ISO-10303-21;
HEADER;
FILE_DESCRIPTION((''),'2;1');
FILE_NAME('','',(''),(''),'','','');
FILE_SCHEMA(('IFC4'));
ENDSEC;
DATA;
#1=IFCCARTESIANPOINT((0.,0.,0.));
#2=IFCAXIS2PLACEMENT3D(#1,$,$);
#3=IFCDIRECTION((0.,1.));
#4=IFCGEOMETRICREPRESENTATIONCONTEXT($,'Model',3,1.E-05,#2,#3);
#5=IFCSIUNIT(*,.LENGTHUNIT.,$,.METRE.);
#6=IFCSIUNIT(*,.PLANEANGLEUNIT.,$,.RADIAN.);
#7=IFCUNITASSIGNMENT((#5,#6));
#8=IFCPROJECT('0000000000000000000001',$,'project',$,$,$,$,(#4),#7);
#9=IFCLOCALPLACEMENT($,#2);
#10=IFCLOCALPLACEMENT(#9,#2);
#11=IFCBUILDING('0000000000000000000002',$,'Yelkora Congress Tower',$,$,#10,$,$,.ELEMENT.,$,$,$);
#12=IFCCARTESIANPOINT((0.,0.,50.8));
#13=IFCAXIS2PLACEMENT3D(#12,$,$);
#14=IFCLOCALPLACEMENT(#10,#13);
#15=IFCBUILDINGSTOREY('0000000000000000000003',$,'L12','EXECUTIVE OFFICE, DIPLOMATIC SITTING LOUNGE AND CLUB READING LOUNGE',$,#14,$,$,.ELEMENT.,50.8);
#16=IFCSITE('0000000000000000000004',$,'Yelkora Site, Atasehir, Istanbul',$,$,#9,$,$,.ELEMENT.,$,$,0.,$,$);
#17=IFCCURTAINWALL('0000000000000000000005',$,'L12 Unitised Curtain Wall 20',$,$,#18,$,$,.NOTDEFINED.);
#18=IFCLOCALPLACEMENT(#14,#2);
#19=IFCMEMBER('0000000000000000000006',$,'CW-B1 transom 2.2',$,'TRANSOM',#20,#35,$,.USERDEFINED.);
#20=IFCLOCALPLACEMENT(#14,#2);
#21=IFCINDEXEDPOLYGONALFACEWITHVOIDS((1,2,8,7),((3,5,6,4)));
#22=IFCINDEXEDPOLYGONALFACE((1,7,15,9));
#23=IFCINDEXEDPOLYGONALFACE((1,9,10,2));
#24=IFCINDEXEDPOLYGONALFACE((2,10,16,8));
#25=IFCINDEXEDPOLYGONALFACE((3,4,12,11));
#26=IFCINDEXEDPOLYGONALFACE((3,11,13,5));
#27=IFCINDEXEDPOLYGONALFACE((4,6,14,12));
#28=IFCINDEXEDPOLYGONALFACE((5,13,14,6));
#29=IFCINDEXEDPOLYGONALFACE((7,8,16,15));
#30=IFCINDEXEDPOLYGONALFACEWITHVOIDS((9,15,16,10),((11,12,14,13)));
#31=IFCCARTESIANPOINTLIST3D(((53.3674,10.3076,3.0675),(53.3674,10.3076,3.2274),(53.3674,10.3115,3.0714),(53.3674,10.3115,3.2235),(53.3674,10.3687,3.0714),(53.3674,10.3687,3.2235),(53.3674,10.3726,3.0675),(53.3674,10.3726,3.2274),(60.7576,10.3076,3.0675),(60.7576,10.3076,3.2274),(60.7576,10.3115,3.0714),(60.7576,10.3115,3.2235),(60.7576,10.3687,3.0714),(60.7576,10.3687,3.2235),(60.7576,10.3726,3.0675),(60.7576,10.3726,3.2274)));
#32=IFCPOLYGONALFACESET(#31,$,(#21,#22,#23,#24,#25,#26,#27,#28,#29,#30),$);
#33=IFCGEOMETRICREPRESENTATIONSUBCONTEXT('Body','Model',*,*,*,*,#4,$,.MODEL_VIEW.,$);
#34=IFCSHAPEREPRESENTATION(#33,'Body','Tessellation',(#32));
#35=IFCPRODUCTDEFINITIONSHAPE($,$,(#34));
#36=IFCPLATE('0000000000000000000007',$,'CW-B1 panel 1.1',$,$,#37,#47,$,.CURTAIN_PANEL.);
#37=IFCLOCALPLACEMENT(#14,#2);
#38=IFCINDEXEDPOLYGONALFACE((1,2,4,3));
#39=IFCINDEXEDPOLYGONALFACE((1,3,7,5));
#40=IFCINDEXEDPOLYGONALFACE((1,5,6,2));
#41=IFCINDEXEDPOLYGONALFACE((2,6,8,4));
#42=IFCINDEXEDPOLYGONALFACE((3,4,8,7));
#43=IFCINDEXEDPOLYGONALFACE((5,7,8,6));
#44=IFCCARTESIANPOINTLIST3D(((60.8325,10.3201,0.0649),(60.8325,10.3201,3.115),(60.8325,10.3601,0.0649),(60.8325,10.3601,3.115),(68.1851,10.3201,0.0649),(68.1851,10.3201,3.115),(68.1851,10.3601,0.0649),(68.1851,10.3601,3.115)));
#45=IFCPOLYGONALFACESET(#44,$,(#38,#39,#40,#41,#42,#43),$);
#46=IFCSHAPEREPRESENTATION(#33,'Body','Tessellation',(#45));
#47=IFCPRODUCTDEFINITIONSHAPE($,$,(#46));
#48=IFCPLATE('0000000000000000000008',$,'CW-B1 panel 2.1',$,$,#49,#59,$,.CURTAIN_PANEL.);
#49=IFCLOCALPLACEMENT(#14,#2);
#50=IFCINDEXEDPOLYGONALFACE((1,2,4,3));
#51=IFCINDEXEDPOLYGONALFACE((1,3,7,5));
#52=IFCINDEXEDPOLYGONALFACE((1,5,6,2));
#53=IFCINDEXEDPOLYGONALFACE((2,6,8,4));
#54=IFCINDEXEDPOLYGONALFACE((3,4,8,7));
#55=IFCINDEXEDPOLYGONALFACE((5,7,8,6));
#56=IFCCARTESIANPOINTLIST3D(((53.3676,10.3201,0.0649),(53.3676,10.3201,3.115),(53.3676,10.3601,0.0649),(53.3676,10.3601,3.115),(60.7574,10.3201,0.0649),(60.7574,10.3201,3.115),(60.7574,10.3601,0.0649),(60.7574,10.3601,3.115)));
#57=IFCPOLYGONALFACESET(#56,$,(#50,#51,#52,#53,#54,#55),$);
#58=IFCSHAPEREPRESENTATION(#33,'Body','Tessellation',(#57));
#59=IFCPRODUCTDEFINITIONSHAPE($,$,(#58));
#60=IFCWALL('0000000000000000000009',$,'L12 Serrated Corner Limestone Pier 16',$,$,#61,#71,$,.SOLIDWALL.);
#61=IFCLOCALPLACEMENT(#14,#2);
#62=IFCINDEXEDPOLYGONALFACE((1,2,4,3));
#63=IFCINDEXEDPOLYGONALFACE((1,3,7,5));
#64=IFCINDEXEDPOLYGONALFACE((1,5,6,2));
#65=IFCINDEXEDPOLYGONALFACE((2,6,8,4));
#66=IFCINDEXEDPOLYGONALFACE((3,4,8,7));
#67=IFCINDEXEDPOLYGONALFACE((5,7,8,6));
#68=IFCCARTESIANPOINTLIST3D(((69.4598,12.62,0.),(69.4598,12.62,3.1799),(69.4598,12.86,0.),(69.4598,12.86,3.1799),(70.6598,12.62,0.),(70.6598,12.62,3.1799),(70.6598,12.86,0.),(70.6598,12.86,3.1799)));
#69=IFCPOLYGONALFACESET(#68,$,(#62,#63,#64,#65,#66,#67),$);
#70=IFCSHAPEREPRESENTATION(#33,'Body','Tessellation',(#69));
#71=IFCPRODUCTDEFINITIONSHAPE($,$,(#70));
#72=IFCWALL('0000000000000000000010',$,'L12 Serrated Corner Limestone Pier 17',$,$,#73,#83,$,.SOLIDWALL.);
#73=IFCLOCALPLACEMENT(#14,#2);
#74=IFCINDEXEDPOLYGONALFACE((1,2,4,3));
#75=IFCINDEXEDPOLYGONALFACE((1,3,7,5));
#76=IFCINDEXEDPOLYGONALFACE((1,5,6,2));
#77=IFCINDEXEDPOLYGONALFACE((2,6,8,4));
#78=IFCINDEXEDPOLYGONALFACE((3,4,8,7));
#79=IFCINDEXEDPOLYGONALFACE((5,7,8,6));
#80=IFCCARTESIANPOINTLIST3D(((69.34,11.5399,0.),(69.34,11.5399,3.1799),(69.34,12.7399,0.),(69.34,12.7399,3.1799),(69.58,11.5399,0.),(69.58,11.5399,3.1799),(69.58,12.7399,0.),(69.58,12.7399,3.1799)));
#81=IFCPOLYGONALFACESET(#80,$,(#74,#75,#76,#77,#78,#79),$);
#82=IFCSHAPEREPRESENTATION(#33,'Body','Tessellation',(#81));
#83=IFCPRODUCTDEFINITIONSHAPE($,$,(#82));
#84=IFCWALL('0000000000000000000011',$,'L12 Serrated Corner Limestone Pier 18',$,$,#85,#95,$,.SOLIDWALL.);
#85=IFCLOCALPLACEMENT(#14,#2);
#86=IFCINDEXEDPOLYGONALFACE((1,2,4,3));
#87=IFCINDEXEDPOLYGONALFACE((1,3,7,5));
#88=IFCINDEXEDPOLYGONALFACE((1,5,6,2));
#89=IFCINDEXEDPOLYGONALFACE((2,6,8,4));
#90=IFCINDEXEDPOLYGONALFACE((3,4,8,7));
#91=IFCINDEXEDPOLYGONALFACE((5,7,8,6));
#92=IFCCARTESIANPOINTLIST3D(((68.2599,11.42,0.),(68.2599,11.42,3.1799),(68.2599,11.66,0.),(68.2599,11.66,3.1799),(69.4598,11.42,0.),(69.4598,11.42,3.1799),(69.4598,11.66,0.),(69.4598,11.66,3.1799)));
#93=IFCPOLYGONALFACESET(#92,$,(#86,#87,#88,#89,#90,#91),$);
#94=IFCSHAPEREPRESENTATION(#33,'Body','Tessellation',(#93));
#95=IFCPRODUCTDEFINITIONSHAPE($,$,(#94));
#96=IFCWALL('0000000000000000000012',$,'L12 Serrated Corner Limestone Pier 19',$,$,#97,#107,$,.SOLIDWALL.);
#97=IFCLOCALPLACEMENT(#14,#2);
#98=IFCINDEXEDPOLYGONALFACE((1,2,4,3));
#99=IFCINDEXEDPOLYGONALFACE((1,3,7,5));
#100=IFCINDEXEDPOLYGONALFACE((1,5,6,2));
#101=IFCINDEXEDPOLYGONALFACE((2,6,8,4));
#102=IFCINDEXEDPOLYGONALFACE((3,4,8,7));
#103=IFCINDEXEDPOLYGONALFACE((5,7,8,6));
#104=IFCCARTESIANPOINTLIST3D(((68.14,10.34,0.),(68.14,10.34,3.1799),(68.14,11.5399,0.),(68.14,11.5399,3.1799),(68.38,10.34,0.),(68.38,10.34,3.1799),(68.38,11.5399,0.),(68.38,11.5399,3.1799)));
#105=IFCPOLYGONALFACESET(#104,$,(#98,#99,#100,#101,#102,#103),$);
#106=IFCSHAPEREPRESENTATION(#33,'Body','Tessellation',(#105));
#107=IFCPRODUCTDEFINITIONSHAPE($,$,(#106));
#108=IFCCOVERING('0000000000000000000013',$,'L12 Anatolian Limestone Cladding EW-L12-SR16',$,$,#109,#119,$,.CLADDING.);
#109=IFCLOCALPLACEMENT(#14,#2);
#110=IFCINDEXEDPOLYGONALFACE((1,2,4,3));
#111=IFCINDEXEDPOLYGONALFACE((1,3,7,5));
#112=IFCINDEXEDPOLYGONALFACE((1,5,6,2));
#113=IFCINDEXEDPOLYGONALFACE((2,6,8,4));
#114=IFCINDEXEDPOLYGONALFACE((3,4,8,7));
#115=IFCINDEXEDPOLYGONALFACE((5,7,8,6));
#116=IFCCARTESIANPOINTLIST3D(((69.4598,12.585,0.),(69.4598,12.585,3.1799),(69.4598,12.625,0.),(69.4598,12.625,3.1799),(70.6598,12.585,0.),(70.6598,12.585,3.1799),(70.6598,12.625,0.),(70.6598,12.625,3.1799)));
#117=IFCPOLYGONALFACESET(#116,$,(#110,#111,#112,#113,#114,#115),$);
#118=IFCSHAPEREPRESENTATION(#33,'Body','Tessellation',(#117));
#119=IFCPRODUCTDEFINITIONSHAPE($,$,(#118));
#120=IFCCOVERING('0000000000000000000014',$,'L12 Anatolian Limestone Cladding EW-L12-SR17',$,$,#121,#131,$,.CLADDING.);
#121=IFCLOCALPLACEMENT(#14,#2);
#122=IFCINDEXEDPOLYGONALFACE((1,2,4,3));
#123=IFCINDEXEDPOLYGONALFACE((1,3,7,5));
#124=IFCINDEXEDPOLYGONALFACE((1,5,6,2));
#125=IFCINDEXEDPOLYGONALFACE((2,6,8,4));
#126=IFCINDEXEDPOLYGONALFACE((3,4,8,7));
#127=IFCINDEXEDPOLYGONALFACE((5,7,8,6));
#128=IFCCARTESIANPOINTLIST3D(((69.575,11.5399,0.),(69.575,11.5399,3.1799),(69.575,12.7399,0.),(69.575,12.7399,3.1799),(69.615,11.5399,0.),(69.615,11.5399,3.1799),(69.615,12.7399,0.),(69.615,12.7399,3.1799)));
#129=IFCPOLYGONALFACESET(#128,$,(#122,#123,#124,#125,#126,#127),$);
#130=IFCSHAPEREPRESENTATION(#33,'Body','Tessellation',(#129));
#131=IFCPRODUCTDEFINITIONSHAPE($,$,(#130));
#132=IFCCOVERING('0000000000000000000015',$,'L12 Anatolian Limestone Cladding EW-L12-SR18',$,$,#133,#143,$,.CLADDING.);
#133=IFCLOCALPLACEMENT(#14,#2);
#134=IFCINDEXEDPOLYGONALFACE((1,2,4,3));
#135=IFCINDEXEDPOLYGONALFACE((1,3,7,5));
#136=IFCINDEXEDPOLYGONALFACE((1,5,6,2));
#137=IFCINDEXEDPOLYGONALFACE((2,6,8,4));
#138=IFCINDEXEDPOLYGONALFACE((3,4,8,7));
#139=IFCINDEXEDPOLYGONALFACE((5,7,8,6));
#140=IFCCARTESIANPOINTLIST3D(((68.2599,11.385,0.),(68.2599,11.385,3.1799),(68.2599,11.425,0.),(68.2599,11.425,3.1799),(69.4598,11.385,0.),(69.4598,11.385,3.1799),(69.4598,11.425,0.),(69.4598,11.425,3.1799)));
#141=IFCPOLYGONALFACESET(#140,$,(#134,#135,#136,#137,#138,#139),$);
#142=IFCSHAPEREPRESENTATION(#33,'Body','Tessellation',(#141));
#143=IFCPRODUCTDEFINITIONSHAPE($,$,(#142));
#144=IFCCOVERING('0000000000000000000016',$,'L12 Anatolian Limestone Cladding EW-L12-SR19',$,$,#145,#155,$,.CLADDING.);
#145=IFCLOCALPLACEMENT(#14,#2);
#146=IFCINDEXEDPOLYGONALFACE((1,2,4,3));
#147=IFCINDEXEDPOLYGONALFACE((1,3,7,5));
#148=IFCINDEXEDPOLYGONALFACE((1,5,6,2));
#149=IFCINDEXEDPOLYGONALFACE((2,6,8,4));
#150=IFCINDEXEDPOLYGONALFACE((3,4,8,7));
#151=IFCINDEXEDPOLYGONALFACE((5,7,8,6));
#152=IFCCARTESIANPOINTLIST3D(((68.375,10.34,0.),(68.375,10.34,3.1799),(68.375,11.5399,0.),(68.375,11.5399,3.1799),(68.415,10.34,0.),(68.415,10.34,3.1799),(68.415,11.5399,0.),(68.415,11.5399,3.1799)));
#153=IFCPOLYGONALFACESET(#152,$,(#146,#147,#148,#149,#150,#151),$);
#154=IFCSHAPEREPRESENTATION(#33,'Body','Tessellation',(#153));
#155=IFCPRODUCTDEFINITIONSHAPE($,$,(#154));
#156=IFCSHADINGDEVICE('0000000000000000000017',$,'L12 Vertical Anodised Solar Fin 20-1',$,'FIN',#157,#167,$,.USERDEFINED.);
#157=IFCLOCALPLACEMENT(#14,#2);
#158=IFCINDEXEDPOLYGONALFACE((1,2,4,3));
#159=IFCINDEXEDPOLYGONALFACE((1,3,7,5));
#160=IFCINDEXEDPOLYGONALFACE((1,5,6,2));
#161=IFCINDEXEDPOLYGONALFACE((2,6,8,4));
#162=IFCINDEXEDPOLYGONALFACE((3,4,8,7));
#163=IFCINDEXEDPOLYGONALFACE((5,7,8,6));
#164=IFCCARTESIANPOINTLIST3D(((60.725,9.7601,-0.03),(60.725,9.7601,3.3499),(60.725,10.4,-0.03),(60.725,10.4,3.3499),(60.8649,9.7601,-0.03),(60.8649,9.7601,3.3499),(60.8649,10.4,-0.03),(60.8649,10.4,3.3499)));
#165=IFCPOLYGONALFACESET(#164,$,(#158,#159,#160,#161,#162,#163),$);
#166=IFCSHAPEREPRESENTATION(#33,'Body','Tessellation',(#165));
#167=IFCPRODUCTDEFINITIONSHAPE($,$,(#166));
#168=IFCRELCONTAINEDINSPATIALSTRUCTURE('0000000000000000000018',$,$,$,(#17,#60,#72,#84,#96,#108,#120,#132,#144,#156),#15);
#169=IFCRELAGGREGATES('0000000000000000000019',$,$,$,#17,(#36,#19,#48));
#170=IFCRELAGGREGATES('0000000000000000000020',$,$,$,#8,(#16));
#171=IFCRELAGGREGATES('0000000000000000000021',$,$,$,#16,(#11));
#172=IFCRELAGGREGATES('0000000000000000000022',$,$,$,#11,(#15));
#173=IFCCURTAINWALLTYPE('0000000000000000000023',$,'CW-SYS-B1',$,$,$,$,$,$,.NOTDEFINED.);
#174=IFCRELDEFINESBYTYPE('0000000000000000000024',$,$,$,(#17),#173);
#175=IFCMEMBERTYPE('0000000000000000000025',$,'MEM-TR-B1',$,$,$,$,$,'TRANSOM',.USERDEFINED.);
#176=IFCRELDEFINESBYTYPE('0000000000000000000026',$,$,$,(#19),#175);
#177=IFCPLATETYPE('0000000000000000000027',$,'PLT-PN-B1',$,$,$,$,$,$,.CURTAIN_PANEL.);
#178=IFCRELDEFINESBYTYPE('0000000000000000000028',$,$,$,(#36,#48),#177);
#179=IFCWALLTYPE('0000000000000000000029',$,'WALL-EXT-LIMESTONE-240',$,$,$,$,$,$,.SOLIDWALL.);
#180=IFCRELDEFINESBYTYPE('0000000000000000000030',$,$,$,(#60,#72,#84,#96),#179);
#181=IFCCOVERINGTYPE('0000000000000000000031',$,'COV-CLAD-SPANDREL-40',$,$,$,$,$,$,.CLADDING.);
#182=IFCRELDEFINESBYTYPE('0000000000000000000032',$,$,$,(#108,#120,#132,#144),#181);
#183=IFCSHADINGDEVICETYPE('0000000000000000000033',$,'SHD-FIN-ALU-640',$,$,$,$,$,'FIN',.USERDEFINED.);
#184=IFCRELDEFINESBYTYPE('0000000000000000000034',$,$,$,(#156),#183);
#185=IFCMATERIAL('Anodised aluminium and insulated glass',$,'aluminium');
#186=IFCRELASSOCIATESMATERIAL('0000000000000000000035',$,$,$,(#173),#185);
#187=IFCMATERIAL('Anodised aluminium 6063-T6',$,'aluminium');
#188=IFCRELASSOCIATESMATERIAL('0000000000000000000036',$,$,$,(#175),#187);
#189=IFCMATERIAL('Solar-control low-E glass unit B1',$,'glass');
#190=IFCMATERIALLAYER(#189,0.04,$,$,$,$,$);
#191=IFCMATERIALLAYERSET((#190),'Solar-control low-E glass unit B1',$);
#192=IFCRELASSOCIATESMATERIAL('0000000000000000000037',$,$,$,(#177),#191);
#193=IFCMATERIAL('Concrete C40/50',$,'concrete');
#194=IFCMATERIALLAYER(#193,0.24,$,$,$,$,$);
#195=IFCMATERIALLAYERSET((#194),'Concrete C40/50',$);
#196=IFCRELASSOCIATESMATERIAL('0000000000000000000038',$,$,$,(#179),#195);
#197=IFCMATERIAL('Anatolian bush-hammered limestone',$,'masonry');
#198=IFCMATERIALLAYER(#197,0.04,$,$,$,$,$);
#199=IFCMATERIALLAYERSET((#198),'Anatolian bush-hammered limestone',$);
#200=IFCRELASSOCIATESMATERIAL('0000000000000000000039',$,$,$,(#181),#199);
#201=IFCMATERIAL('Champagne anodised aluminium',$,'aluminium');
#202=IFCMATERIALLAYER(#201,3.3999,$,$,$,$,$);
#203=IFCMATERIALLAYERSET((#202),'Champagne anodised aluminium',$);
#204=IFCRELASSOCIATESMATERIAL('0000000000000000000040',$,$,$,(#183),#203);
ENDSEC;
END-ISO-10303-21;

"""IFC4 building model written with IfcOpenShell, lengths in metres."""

from ifc_helpers import new_model, si_unit, direction, frame, frame_2d, origin, origin_2d, place, context, subcontext, project, spatial, rectangle, hollow_rectangle, extrude, material, layer, layer_set, material_profile, profile_set, type_object, element, aggregate, save


model = new_model("IFC4")

# Units and contexts
model_context = context("Model", 3, precision=1e-05, world=origin(), true_north=direction((0.0, 1.0)))
body_context = subcontext(model_context, "Body", "Model", "MODEL_VIEW")
ifc_project = project(units=[si_unit("LENGTHUNIT", "METRE"), si_unit("PLANEANGLEUNIT", "RADIAN")], contexts=[model_context])

# Site, building, storey
site_placement = place(None, origin())
site = spatial("IfcSite", under=ifc_project, at=site_placement, Name="Yelkora Site, Atasehir, Istanbul", CompositionType="ELEMENT", RefElevation=0.0)
building_placement = place(site_placement, origin())
building = spatial("IfcBuilding", under=site, at=building_placement, Name="Yelkora Congress Tower", CompositionType="ELEMENT")
storey_placement = place(building_placement, frame((0.0, 0.0, 50.8)))
storey = spatial("IfcBuildingStorey", under=building, at=storey_placement, Name="L12", Description="EXECUTIVE OFFICE, DIPLOMATIC SITTING LOUNGE AND CLUB READING LOUNGE", CompositionType="ELEMENT", Elevation=50.8)

# Curtain wall, member, plates
ifc_material_1 = material(Name="Anodised aluminium and insulated glass", Category="aluminium")
curtain_wall_type = type_object("IfcCurtainWallType", Name="CW-SYS-B1", PredefinedType="NOTDEFINED", material=ifc_material_1)
curtain_wall_placement = place(storey_placement, origin())
curtain_wall = element("IfcCurtainWall", 1, at=curtain_wall_placement, inside=storey, type_object=curtain_wall_type, Name="L12 Unitised Curtain Wall 20", PredefinedType="NOTDEFINED")
ifc_material_2 = material(Name="Anodised aluminium 6063-T6", Category="aluminium")
ifc_material_profile_1 = material_profile(ifc_material_2, hollow_rectangle(XDim=0.0649, YDim=0.1599, WallThickness=0.0039, at=origin_2d()), Name="ALU 65x160x4")
ifc_profile_set_1 = profile_set([ifc_material_profile_1], Name="Anodised aluminium 6063-T6")
member_type_1 = type_object("IfcMemberType", Name="MEM-TR-B1", ElementType="TRANSOM", PredefinedType="USERDEFINED", material=ifc_profile_set_1)
member_1_placement = place(storey_placement, frame((60.7576, 10.3401, 3.1475), z_axis=(-1.0, 0.0, 0.0), x_axis=(0.0, -1.0, 0.0)))
member_1 = element("IfcMember", 2, at=member_1_placement, type_object=member_type_1, Name="CW-B1 transom 2.2", ObjectType="TRANSOM", PredefinedType="USERDEFINED", context=body_context, shape_type="SweptSolid", body=[
    extrude(hollow_rectangle(XDim=0.0649, YDim=0.1599, WallThickness=0.0039, at=origin_2d()), origin(), (0.0, 0.0, 1.0), 7.3901),
])
ifc_material_3 = material(Name="Solar-control low-E glass unit B1", Category="glass")
ifc_layer_1 = layer(ifc_material_3, 0.04)
ifc_layer_set_1 = layer_set([ifc_layer_1], Name="Solar-control low-E glass unit B1")
plate_type = type_object("IfcPlateType", Name="PLT-PN-B1", PredefinedType="CURTAIN_PANEL", material=ifc_layer_set_1)
plate_1_placement = place(storey_placement, frame((64.5088, 10.3401, 0.0649), z_axis=(0.0, 0.0, 1.0), x_axis=(-1.0, 0.0, 0.0)))
plate_1 = element("IfcPlate", 3, at=plate_1_placement, type_object=plate_type, Name="CW-B1 panel 1.1", PredefinedType="CURTAIN_PANEL", context=body_context, shape_type="SweptSolid", body=[
    extrude(rectangle(XDim=7.3525, YDim=0.04, at=origin_2d()), origin(), (0.0, 0.0, 1.0), 3.05),
])
plate_2_placement = place(storey_placement, frame((57.0625, 10.3401, 0.0649), z_axis=(0.0, 0.0, 1.0), x_axis=(-1.0, 0.0, 0.0)))
plate_2 = element("IfcPlate", 4, at=plate_2_placement, type_object=plate_type, Name="CW-B1 panel 2.1", PredefinedType="CURTAIN_PANEL", context=body_context, shape_type="SweptSolid", body=[
    extrude(rectangle(XDim=7.3899, YDim=0.04, at=origin_2d()), origin(), (0.0, 0.0, 1.0), 3.05),
])
aggregate(curtain_wall, [plate_1, member_1, plate_2])

# Walls
ifc_material_4 = material(Name="Concrete C40/50", Category="concrete")
ifc_layer_2 = layer(ifc_material_4, 0.24)
ifc_layer_set_2 = layer_set([ifc_layer_2], Name="Concrete C40/50")
wall_type = type_object("IfcWallType", Name="WALL-EXT-LIMESTONE-240", PredefinedType="SOLIDWALL", material=ifc_layer_set_2)
for number, where, z_axis, x_axis, name in (
    (5, (70.6599, 12.74, 0.0), (0.0, 0.0, 1.0), (-1.0, 0.0, 0.0), "L12 Serrated Corner Limestone Pier 16"),
    (6, (69.46, 12.74, 0.0), (0.0, 0.0, 1.0), (0.0, -1.0, 0.0), "L12 Serrated Corner Limestone Pier 17"),
    (7, (69.46, 11.54, 0.0), (0.0, 0.0, 1.0), (-1.0, 0.0, 0.0), "L12 Serrated Corner Limestone Pier 18"),
    (8, (68.26, 11.54, 0.0), (0.0, 0.0, 1.0), (0.0, -1.0, 0.0), "L12 Serrated Corner Limestone Pier 19"),
):
    element("IfcWall", number, at=place(storey_placement, frame(where, z_axis=z_axis, x_axis=x_axis)), inside=storey, type_object=wall_type, Name=name, PredefinedType="SOLIDWALL", context=body_context, shape_type="SweptSolid", body=[
        extrude(rectangle(XDim=1.2, YDim=0.24, at=frame_2d((0.6001, 0.0))), origin(), (0.0, 0.0, 1.0), 3.1799),
    ])

# Coverings
ifc_material_5 = material(Name="Anatolian bush-hammered limestone", Category="masonry")
ifc_layer_3 = layer(ifc_material_5, 0.04)
ifc_layer_set_3 = layer_set([ifc_layer_3], Name="Anatolian bush-hammered limestone")
covering_type = type_object("IfcCoveringType", Name="COV-CLAD-SPANDREL-40", PredefinedType="CLADDING", material=ifc_layer_set_3)
for number, where, z_axis, x_axis, name in (
    (9, (70.6599, 12.605, 0.0), (0.0, 0.0, 1.0), (-1.0, 0.0, 0.0), "L12 Anatolian Limestone Cladding EW-L12-SR16"),
    (10, (69.595, 12.74, 0.0), (0.0, 0.0, 1.0), (0.0, -1.0, 0.0), "L12 Anatolian Limestone Cladding EW-L12-SR17"),
    (11, (69.46, 11.405, 0.0), (0.0, 0.0, 1.0), (-1.0, 0.0, 0.0), "L12 Anatolian Limestone Cladding EW-L12-SR18"),
    (12, (68.395, 11.54, 0.0), (0.0, 0.0, 1.0), (0.0, -1.0, 0.0), "L12 Anatolian Limestone Cladding EW-L12-SR19"),
):
    element("IfcCovering", number, at=place(storey_placement, frame(where, z_axis=z_axis, x_axis=x_axis)), inside=storey, type_object=covering_type, Name=name, PredefinedType="CLADDING", context=body_context, shape_type="SweptSolid", body=[
        extrude(rectangle(XDim=1.2, YDim=0.04, at=frame_2d((0.6001, 0.0))), origin(), (0.0, 0.0, 1.0), 3.1799),
    ])

# Shading device
ifc_material_6 = material(Name="Champagne anodised aluminium", Category="aluminium")
ifc_layer_4 = layer(ifc_material_6, 3.3999)
ifc_layer_set_4 = layer_set([ifc_layer_4], Name="Champagne anodised aluminium")
shading_device_type = type_object("IfcShadingDeviceType", Name="SHD-FIN-ALU-640", ElementType="FIN", PredefinedType="USERDEFINED", material=ifc_layer_set_4)
shading_device_placement = place(storey_placement, frame((60.7949, 10.0801, -0.03), z_axis=(0.0, 0.0, 1.0), x_axis=(-1.0, 0.0, 0.0)))
element("IfcShadingDevice", 13, at=shading_device_placement, inside=storey, type_object=shading_device_type, Name="L12 Vertical Anodised Solar Fin 20-1", ObjectType="FIN", PredefinedType="USERDEFINED", context=body_context, shape_type="SweptSolid", body=[
    extrude(rectangle(XDim=0.1399, YDim=0.6399, at=origin_2d()), origin(), (0.0, 0.0, 1.0), 3.3799),
])

save(model, "model.ifc")
